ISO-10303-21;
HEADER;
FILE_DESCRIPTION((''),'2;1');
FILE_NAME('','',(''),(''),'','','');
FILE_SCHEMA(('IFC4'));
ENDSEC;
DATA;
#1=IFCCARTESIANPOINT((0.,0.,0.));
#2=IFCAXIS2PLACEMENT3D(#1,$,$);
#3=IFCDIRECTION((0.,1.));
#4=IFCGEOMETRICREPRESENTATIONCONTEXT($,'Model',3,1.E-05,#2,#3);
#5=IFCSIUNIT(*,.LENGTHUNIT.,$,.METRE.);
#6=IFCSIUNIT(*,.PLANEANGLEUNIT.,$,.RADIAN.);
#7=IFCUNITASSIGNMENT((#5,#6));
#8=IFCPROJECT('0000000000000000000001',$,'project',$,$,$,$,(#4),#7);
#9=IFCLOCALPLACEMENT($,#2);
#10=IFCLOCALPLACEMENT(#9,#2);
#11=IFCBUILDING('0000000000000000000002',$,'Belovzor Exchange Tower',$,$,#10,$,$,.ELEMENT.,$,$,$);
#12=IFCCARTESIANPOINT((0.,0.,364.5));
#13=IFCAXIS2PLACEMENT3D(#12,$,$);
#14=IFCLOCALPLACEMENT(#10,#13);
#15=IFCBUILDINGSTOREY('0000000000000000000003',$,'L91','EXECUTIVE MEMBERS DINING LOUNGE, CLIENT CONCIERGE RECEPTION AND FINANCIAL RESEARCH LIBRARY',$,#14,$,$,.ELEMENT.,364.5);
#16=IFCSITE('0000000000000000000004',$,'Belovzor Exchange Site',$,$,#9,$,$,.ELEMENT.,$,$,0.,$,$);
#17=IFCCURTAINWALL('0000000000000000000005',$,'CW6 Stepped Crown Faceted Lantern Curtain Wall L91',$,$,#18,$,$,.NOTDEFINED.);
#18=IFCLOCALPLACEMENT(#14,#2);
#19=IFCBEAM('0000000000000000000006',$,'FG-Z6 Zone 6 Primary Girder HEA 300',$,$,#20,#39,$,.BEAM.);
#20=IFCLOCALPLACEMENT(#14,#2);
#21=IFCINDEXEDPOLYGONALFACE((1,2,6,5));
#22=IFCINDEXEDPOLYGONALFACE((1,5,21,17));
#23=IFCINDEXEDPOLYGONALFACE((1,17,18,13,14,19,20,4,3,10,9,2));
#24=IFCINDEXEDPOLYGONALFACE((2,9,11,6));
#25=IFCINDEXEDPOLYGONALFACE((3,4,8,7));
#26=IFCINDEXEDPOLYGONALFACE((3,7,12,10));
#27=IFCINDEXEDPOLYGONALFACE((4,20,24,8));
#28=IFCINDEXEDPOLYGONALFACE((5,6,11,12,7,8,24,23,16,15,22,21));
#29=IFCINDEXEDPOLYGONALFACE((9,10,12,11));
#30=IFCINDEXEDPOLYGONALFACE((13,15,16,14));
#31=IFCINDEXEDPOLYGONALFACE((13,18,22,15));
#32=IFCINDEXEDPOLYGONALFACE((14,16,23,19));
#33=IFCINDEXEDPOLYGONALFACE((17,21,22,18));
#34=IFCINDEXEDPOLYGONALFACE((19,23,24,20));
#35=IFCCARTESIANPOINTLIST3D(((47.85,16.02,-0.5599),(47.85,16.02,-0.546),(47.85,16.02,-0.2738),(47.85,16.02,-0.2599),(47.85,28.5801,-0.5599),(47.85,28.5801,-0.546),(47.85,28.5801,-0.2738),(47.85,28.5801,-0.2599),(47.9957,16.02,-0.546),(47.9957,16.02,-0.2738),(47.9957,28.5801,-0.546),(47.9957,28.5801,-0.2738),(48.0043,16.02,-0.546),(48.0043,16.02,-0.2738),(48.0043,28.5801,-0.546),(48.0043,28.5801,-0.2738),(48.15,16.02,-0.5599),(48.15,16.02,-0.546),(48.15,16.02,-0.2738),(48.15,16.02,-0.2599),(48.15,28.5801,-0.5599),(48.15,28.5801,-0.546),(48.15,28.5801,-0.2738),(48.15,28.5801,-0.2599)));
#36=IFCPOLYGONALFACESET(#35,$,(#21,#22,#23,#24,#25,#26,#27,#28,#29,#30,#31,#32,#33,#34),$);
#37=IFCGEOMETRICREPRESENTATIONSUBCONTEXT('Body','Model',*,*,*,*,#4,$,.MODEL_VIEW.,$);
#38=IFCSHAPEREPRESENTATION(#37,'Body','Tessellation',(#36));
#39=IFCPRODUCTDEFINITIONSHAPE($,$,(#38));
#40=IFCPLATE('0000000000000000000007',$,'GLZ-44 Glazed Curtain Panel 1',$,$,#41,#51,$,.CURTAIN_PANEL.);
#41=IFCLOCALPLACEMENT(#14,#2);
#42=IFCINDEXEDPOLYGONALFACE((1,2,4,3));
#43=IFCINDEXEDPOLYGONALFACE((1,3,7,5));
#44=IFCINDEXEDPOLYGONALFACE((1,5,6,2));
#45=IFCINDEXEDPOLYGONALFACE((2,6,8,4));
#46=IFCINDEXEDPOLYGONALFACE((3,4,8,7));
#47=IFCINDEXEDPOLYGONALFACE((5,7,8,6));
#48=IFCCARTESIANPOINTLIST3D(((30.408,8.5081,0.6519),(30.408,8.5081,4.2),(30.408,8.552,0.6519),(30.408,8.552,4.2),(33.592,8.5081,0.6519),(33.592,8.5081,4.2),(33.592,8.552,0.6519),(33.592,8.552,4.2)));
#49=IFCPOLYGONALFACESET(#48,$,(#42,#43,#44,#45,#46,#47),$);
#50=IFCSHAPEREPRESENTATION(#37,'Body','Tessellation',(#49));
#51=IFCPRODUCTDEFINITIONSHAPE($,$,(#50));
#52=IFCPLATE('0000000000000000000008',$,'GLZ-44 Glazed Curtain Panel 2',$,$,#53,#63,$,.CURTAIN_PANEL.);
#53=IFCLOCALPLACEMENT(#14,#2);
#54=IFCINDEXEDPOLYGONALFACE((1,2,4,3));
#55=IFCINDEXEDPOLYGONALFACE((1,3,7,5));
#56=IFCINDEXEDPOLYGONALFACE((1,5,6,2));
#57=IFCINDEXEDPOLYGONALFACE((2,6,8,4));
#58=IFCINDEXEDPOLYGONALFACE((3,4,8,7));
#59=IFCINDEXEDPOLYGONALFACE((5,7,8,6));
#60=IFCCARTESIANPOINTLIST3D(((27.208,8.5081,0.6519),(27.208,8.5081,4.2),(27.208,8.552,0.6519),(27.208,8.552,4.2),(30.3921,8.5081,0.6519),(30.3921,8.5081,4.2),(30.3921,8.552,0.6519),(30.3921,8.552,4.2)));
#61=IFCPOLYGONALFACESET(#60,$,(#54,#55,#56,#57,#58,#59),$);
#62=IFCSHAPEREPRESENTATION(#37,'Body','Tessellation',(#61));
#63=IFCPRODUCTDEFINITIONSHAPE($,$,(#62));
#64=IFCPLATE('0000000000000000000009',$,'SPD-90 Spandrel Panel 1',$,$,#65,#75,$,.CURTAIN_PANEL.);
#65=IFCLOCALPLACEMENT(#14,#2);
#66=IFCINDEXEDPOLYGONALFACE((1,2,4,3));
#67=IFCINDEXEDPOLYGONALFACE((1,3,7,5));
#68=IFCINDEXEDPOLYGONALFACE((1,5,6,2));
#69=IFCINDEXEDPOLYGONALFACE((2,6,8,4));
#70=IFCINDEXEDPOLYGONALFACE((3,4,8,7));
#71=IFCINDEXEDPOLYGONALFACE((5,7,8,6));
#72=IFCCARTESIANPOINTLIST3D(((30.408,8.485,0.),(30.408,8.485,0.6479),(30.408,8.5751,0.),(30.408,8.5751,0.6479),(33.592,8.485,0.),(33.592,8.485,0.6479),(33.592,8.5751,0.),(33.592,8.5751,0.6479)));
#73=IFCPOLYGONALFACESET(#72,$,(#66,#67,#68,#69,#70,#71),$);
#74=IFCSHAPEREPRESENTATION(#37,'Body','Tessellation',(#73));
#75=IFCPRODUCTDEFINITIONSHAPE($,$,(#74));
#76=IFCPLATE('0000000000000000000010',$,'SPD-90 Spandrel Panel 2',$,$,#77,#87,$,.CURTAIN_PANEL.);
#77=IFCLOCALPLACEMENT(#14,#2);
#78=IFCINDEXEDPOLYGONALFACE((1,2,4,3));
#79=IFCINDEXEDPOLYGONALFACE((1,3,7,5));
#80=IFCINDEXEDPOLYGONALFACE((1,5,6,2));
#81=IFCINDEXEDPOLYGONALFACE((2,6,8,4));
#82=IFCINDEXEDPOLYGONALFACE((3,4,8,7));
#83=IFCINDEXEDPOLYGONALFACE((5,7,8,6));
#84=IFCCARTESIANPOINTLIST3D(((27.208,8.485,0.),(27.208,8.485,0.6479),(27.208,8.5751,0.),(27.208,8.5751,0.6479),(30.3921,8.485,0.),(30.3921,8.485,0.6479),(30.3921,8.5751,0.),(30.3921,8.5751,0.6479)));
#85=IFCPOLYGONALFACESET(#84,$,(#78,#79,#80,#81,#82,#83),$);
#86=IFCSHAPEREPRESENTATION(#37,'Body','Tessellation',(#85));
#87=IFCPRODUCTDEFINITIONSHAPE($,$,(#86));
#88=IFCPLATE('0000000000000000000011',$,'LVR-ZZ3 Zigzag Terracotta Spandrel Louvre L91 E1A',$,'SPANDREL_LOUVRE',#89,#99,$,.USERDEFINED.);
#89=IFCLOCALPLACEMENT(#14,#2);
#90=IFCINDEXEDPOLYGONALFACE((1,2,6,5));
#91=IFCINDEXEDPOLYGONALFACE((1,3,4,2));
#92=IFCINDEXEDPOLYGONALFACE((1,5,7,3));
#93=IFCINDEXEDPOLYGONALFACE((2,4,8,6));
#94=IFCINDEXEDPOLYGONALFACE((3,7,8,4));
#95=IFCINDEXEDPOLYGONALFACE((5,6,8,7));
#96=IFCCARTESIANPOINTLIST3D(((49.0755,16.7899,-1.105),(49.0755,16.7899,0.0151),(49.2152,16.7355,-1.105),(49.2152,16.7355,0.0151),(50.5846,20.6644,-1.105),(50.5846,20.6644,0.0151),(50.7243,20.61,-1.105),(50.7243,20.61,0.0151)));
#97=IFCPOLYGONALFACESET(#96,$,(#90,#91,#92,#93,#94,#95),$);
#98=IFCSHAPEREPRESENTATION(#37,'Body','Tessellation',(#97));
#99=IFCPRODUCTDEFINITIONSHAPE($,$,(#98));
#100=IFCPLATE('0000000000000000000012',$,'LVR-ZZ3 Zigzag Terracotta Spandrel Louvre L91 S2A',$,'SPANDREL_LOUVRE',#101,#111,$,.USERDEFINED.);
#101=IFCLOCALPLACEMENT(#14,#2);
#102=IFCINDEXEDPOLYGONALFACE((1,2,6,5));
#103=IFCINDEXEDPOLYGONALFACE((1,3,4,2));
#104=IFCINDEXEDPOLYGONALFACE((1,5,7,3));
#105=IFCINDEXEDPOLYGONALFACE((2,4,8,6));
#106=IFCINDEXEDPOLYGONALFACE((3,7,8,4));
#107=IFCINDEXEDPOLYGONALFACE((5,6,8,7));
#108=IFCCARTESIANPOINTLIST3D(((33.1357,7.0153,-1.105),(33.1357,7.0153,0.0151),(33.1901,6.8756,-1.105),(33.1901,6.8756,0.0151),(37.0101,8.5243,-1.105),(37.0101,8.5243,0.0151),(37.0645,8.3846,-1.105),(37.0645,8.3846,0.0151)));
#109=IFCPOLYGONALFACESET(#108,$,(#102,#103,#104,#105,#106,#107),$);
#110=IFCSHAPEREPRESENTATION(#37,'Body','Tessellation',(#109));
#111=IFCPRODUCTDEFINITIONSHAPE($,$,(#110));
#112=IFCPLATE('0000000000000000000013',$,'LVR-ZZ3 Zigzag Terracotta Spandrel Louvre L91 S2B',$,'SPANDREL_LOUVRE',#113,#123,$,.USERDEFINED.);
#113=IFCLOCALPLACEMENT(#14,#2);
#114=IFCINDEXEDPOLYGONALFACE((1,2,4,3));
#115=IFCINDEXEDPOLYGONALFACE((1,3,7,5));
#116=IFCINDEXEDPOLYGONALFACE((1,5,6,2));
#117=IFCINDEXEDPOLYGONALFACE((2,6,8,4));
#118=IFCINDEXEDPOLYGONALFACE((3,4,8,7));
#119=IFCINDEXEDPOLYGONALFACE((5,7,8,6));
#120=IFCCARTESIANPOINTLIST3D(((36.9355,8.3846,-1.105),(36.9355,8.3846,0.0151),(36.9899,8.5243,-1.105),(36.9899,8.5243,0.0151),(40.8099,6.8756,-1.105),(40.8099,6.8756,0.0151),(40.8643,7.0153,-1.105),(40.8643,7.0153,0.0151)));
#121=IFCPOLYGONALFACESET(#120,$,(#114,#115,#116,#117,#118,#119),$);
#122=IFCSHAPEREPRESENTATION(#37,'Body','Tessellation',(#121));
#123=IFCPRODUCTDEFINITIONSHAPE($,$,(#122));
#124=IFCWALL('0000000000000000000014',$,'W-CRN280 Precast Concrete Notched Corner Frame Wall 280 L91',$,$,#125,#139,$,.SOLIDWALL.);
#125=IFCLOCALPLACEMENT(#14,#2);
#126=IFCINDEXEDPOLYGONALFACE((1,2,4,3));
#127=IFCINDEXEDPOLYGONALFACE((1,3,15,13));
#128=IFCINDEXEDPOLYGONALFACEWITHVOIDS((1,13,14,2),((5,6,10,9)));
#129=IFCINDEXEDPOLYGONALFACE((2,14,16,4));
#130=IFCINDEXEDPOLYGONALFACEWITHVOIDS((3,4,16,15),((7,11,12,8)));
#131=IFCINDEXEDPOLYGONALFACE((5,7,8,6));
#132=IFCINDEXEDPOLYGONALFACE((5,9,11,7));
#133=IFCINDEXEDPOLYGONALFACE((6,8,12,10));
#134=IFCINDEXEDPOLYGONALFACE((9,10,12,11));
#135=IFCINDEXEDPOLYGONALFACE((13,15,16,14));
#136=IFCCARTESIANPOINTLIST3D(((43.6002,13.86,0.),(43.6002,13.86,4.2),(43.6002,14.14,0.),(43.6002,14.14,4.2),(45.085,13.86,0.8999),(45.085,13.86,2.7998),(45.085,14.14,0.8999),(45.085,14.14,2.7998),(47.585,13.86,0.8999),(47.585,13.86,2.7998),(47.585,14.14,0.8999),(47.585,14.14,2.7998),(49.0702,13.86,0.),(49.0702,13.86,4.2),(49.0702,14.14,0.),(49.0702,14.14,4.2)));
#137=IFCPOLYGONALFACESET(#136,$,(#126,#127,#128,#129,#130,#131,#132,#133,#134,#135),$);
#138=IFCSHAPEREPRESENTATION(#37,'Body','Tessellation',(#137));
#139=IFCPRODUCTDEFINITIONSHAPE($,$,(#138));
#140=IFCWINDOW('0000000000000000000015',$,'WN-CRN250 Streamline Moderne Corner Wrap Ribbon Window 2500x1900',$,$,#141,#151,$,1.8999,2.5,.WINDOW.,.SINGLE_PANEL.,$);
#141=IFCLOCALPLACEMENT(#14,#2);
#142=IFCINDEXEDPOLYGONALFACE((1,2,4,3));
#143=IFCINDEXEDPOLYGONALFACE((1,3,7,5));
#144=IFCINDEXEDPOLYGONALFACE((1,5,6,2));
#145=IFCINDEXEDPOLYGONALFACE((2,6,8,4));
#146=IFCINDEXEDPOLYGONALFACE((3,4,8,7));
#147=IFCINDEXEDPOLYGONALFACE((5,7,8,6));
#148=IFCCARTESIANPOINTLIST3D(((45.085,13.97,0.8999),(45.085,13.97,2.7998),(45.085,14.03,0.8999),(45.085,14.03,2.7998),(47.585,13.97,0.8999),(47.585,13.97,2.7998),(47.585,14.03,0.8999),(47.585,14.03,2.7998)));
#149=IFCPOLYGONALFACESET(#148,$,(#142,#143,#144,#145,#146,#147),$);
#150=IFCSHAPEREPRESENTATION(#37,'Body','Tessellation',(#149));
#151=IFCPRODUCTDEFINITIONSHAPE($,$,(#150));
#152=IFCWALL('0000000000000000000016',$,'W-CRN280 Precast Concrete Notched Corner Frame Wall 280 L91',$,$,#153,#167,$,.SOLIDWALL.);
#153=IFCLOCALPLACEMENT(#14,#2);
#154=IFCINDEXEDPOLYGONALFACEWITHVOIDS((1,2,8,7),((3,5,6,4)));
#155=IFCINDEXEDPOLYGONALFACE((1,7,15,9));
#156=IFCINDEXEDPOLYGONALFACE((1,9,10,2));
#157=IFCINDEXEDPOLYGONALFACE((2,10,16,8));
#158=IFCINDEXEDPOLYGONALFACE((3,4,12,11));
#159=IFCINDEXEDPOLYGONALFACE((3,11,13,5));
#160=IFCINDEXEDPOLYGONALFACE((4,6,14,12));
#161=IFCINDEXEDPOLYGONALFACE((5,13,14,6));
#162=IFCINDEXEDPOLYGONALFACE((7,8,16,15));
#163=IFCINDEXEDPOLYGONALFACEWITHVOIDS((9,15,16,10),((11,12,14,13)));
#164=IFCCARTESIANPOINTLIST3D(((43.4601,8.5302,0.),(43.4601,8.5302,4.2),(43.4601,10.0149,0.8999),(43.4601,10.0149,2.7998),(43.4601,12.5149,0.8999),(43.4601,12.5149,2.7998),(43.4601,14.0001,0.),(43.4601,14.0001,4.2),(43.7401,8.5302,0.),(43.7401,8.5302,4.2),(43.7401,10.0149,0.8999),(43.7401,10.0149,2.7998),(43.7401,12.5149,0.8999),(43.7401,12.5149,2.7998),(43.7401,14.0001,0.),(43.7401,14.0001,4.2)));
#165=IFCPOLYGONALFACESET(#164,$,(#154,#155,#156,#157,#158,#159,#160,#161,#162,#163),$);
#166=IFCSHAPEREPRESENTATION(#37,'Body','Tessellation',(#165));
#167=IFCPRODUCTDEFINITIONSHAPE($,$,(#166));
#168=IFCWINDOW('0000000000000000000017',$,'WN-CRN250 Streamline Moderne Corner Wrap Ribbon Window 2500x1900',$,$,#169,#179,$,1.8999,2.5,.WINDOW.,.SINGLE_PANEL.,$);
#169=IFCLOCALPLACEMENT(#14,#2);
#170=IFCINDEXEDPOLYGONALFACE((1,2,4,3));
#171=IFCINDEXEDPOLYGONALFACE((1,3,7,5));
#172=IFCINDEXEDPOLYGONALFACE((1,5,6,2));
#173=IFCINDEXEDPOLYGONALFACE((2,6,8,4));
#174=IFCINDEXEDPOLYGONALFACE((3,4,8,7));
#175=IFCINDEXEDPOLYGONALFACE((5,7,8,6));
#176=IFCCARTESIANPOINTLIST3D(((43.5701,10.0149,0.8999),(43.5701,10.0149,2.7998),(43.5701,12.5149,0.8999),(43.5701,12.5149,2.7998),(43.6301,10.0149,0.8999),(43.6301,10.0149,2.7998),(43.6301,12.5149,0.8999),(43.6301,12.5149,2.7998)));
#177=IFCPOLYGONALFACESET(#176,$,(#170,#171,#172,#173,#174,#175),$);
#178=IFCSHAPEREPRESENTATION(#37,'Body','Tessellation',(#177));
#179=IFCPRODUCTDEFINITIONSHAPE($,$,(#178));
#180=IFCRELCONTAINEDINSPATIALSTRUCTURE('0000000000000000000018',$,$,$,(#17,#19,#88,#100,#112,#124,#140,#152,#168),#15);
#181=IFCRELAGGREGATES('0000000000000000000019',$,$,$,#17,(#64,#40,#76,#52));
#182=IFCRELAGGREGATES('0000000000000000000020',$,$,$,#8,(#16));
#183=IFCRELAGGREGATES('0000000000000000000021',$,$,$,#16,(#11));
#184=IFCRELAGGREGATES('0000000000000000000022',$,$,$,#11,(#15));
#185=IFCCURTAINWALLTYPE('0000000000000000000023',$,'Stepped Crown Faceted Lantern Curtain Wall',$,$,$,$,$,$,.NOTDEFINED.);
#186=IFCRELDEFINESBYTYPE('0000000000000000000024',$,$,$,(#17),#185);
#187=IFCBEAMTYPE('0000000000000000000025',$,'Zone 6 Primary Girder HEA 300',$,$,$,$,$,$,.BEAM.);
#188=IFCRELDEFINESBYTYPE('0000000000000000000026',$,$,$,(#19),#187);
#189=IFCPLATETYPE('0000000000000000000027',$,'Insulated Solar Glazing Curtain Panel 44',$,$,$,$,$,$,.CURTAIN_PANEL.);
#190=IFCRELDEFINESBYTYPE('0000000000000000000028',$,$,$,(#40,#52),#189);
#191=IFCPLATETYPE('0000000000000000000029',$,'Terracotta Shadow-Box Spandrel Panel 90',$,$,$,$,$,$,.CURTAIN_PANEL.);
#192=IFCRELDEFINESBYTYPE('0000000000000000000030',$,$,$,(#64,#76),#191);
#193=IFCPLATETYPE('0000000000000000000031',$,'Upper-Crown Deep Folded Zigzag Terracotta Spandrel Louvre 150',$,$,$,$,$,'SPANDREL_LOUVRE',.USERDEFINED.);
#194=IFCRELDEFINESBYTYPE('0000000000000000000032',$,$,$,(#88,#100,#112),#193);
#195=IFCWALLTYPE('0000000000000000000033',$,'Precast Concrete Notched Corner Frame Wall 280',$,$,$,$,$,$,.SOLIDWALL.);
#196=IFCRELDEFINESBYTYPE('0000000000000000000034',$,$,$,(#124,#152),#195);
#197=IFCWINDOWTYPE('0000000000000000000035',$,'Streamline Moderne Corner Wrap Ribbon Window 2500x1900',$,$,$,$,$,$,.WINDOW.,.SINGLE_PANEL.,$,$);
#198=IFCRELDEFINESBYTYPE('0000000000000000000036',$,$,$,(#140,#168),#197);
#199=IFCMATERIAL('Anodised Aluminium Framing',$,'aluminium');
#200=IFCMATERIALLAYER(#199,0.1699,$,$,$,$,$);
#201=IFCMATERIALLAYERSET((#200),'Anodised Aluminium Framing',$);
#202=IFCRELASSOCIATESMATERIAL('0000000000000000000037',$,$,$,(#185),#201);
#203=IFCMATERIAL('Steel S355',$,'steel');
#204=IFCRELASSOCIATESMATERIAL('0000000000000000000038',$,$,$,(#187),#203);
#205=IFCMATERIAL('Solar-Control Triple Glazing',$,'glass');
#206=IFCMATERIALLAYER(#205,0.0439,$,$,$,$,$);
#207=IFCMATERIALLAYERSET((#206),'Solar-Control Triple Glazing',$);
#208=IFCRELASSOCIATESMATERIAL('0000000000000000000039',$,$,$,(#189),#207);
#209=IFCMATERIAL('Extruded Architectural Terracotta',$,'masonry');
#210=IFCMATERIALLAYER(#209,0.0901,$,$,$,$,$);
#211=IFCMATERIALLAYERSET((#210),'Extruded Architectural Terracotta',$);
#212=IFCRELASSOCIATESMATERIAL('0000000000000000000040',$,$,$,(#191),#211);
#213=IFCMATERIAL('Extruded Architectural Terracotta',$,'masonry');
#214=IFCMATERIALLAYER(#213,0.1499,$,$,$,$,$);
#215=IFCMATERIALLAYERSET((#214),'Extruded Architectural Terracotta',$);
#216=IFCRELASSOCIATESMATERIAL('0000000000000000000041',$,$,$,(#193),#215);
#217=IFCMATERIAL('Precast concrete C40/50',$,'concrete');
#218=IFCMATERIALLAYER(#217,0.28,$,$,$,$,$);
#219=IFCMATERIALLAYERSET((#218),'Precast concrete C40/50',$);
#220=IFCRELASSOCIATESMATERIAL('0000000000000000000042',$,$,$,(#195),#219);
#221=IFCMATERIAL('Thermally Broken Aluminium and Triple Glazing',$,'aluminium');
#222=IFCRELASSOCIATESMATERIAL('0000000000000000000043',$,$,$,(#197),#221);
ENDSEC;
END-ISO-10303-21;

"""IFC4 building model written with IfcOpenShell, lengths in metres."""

from ifc_helpers import new_model, si_unit, direction, frame, frame_2d, origin, origin_2d, place, context, subcontext, project, spatial, rectangle, i_section, extrude, material, layer, layer_set, material_profile, profile_set, type_object, element, fill, aggregate, save


model = new_model("IFC4")

# Units and contexts
model_context = context("Model", 3, precision=1e-05, world=origin(), true_north=direction((0.0, 1.0)))
body_context = subcontext(model_context, "Body", "Model", "MODEL_VIEW")
ifc_project = project(units=[si_unit("LENGTHUNIT", "METRE"), si_unit("PLANEANGLEUNIT", "RADIAN")], contexts=[model_context])

# Site, building, storey
site_placement = place(None, origin())
site = spatial("IfcSite", under=ifc_project, at=site_placement, Name="Belovzor Exchange Site", CompositionType="ELEMENT", RefElevation=0.0)
building_placement = place(site_placement, origin())
building = spatial("IfcBuilding", under=site, at=building_placement, Name="Belovzor Exchange Tower", CompositionType="ELEMENT")
storey_placement = place(building_placement, frame((0.0, 0.0, 364.5)))
storey = spatial("IfcBuildingStorey", under=building, at=storey_placement, Name="L91", Description="EXECUTIVE MEMBERS DINING LOUNGE, CLIENT CONCIERGE RECEPTION AND FINANCIAL RESEARCH LIBRARY", CompositionType="ELEMENT", Elevation=364.5)

# Curtain wall
ifc_material_1 = material(Name="Anodised Aluminium Framing", Category="aluminium")
ifc_layer_1 = layer(ifc_material_1, 0.1699)
ifc_layer_set_1 = layer_set([ifc_layer_1], Name="Anodised Aluminium Framing")
curtain_wall_type = type_object("IfcCurtainWallType", Name="Stepped Crown Faceted Lantern Curtain Wall", PredefinedType="NOTDEFINED", material=ifc_layer_set_1)
curtain_wall_placement = place(storey_placement, origin())
curtain_wall = element("IfcCurtainWall", 1, at=curtain_wall_placement, inside=storey, type_object=curtain_wall_type, Name="CW6 Stepped Crown Faceted Lantern Curtain Wall L91", PredefinedType="NOTDEFINED")

# Beam
ifc_material_2 = material(Name="Steel S355", Category="steel")
ifc_material_profile_1 = material_profile(ifc_material_2, i_section(OverallWidth=0.3, OverallDepth=0.3, WebThickness=0.0085, FlangeThickness=0.0139, at=origin_2d()))
ifc_profile_set_1 = profile_set([ifc_material_profile_1], Name="Steel S355")
beam_type_1 = type_object("IfcBeamType", Name="Zone 6 Primary Girder HEA 300", PredefinedType="BEAM", material=ifc_profile_set_1)
beam_1_placement = place(storey_placement, frame((48.0, 16.02, -0.4099), z_axis=(0.0, 1.0, 0.0), x_axis=(-1.0, 0.0, 0.0)))
element("IfcBeam", 2, at=beam_1_placement, inside=storey, type_object=beam_type_1, Name="FG-Z6 Zone 6 Primary Girder HEA 300", PredefinedType="BEAM", context=body_context, shape_type="SweptSolid", body=[
    extrude(i_section(OverallWidth=0.3, OverallDepth=0.3, WebThickness=0.0085, FlangeThickness=0.0139, at=origin_2d()), origin(), (0.0, 0.0, 1.0), 12.5601),
])

# Plates
ifc_material_3 = material(Name="Solar-Control Triple Glazing", Category="glass")
ifc_layer_2 = layer(ifc_material_3, 0.0439)
ifc_layer_set_2 = layer_set([ifc_layer_2], Name="Solar-Control Triple Glazing")
plate_type_1 = type_object("IfcPlateType", Name="Insulated Solar Glazing Curtain Panel 44", PredefinedType="CURTAIN_PANEL", material=ifc_layer_set_2)
plate_1_placement = place(storey_placement, frame((32.0, 8.53, 0.6519), z_axis=(0.0, 0.0, 1.0), x_axis=(-1.0, 0.0, 0.0)))
plate_1 = element("IfcPlate", 3, at=plate_1_placement, type_object=plate_type_1, Name="GLZ-44 Glazed Curtain Panel 1", PredefinedType="CURTAIN_PANEL", context=body_context, shape_type="SweptSolid", body=[
    extrude(rectangle(XDim=3.1841, YDim=0.0439, at=origin_2d()), origin(), (0.0, 0.0, 1.0), 3.5481),
])
plate_2_placement = place(storey_placement, frame((28.8, 8.53, 0.6519), z_axis=(0.0, 0.0, 1.0), x_axis=(-1.0, 0.0, 0.0)))
plate_2 = element("IfcPlate", 4, at=plate_2_placement, type_object=plate_type_1, Name="GLZ-44 Glazed Curtain Panel 2", PredefinedType="CURTAIN_PANEL", context=body_context, shape_type="SweptSolid", body=[
    extrude(rectangle(XDim=3.1841, YDim=0.0439, at=origin_2d()), origin(), (0.0, 0.0, 1.0), 3.5481),
])
ifc_material_4 = material(Name="Extruded Architectural Terracotta", Category="masonry")
ifc_layer_3 = layer(ifc_material_4, 0.0901)
ifc_layer_set_3 = layer_set([ifc_layer_3], Name="Extruded Architectural Terracotta")
plate_type_2 = type_object("IfcPlateType", Name="Terracotta Shadow-Box Spandrel Panel 90", PredefinedType="CURTAIN_PANEL", material=ifc_layer_set_3)
plate_3_placement = place(storey_placement, frame((32.0, 8.53, 0.0), z_axis=(0.0, 0.0, 1.0), x_axis=(-1.0, 0.0, 0.0)))
plate_3 = element("IfcPlate", 5, at=plate_3_placement, type_object=plate_type_2, Name="SPD-90 Spandrel Panel 1", PredefinedType="CURTAIN_PANEL", context=body_context, shape_type="SweptSolid", body=[
    extrude(rectangle(XDim=3.1841, YDim=0.0901, at=origin_2d()), origin(), (0.0, 0.0, 1.0), 0.6479),
])
plate_4_placement = place(storey_placement, frame((28.8, 8.53, 0.0), z_axis=(0.0, 0.0, 1.0), x_axis=(-1.0, 0.0, 0.0)))
plate_4 = element("IfcPlate", 6, at=plate_4_placement, type_object=plate_type_2, Name="SPD-90 Spandrel Panel 2", PredefinedType="CURTAIN_PANEL", context=body_context, shape_type="SweptSolid", body=[
    extrude(rectangle(XDim=3.1841, YDim=0.0901, at=origin_2d()), origin(), (0.0, 0.0, 1.0), 0.6479),
])
aggregate(curtain_wall, [plate_3, plate_1, plate_4, plate_2])

# Plates
ifc_material_5 = material(Name="Extruded Architectural Terracotta", Category="masonry")
ifc_layer_4 = layer(ifc_material_5, 0.1499)
ifc_layer_set_4 = layer_set([ifc_layer_4], Name="Extruded Architectural Terracotta")
plate_type_3 = type_object("IfcPlateType", Name="Upper-Crown Deep Folded Zigzag Terracotta Spandrel Louvre 150", ElementType="SPANDREL_LOUVRE", PredefinedType="USERDEFINED", material=ifc_layer_set_4)
for number, where, z_axis, x_axis, name in (
    (7, (49.8999, 18.7, -1.105), (0.0, 0.0, 1.0), (0.362926, 0.931818, 0.0), "LVR-ZZ3 Zigzag Terracotta Spandrel Louvre L91 E1A"),
    (8, (35.1001, 7.7, -1.105), (0.0, 0.0, 1.0), (0.931818, 0.362926, 0.0), "LVR-ZZ3 Zigzag Terracotta Spandrel Louvre L91 S2A"),
    (9, (38.8999, 7.7, -1.105), (0.0, 0.0, 1.0), (0.931818, -0.362926, 0.0), "LVR-ZZ3 Zigzag Terracotta Spandrel Louvre L91 S2B"),
):
    element("IfcPlate", number, at=place(storey_placement, frame(where, z_axis=z_axis, x_axis=x_axis)), inside=storey, type_object=plate_type_3, Name=name, ObjectType="SPANDREL_LOUVRE", PredefinedType="USERDEFINED", context=body_context, shape_type="SweptSolid", body=[
        extrude(rectangle(XDim=4.158, YDim=0.1499, at=origin_2d()), origin(), (0.0, 0.0, 1.0), 1.1201),
    ])

# Walls, openings, windows
ifc_material_6 = material(Name="Precast concrete C40/50", Category="concrete")
ifc_layer_5 = layer(ifc_material_6, 0.28)
ifc_layer_set_5 = layer_set([ifc_layer_5], Name="Precast concrete C40/50")
wall_type_1 = type_object("IfcWallType", Name="Precast Concrete Notched Corner Frame Wall 280", PredefinedType="SOLIDWALL", material=ifc_layer_set_5)
wall_1_placement = place(storey_placement, frame((49.0701, 14.0, 0.0), z_axis=(0.0, 0.0, 1.0), x_axis=(-1.0, 0.0, 0.0)))
wall_1 = element("IfcWall", 10, at=wall_1_placement, inside=storey, type_object=wall_type_1, Name="W-CRN280 Precast Concrete Notched Corner Frame Wall 280 L91", PredefinedType="SOLIDWALL", context=body_context, shape_type="SweptSolid", body=[
    extrude(rectangle(XDim=5.47, YDim=0.28, at=frame_2d((2.7349, 0.0))), origin(), (0.0, 0.0, 1.0), 4.2),
])
opening_1_placement = place(wall_1_placement, frame((1.4851, 0.0, 0.8999)))
opening_1 = element("IfcOpeningElement", 11, at=opening_1_placement, cuts=wall_1, PredefinedType="OPENING", context=body_context, shape_type="SweptSolid", body=[
    extrude(rectangle(XDim=2.5, YDim=1.8999, at=frame_2d((1.25, 0.95))), frame((0.0, 0.1499, 0.0), z_axis=(0.0, -1.0, 0.0), x_axis=(1.0, 0.0, 0.0)), (0.0, 0.0, 1.0), 0.3),
])
ifc_material_7 = material(Name="Thermally Broken Aluminium and Triple Glazing", Category="aluminium")
window_type_1 = type_object("IfcWindowType", Name="Streamline Moderne Corner Wrap Ribbon Window 2500x1900", PartitioningType="SINGLE_PANEL", PredefinedType="WINDOW", material=ifc_material_7)
window_1_placement = place(opening_1_placement, origin())
window_1 = element("IfcWindow", 12, at=window_1_placement, inside=storey, type_object=window_type_1, Name="WN-CRN250 Streamline Moderne Corner Wrap Ribbon Window 2500x1900", OverallHeight=1.8999, OverallWidth=2.5, PartitioningType="SINGLE_PANEL", PredefinedType="WINDOW", context=body_context, shape_type="SweptSolid", body=[
    extrude(rectangle(XDim=2.5, YDim=1.8999, at=frame_2d((1.25, 0.95))), frame((0.0, 0.03, 0.0), z_axis=(0.0, -1.0, 0.0), x_axis=(1.0, 0.0, 0.0)), (0.0, 0.0, 1.0), 0.0601),
])
fill(opening_1, window_1)
wall_2_placement = place(storey_placement, frame((43.6001, 14.0, 0.0), z_axis=(0.0, 0.0, 1.0), x_axis=(0.0, -1.0, 0.0)))
wall_2 = element("IfcWall", 13, at=wall_2_placement, inside=storey, type_object=wall_type_1, Name="W-CRN280 Precast Concrete Notched Corner Frame Wall 280 L91", PredefinedType="SOLIDWALL", context=body_context, shape_type="SweptSolid", body=[
    extrude(rectangle(XDim=5.47, YDim=0.28, at=frame_2d((2.7349, 0.0))), origin(), (0.0, 0.0, 1.0), 4.2),
])
opening_2_placement = place(wall_2_placement, frame((1.4851, 0.0, 0.8999)))
opening_2 = element("IfcOpeningElement", 14, at=opening_2_placement, cuts=wall_2, PredefinedType="OPENING", context=body_context, shape_type="SweptSolid", body=[
    extrude(rectangle(XDim=2.5, YDim=1.8999, at=frame_2d((1.25, 0.95))), frame((0.0, 0.1499, 0.0), z_axis=(0.0, -1.0, 0.0), x_axis=(1.0, 0.0, 0.0)), (0.0, 0.0, 1.0), 0.3),
])
window_2_placement = place(opening_2_placement, origin())
window_2 = element("IfcWindow", 15, at=window_2_placement, inside=storey, type_object=window_type_1, Name="WN-CRN250 Streamline Moderne Corner Wrap Ribbon Window 2500x1900", OverallHeight=1.8999, OverallWidth=2.5, PartitioningType="SINGLE_PANEL", PredefinedType="WINDOW", context=body_context, shape_type="SweptSolid", body=[
    extrude(rectangle(XDim=2.5, YDim=1.8999, at=frame_2d((1.25, 0.95))), frame((0.0, 0.03, 0.0), z_axis=(0.0, -1.0, 0.0), x_axis=(1.0, 0.0, 0.0)), (0.0, 0.0, 1.0), 0.0601),
])
fill(opening_2, window_2)

save(model, "model.ifc")
